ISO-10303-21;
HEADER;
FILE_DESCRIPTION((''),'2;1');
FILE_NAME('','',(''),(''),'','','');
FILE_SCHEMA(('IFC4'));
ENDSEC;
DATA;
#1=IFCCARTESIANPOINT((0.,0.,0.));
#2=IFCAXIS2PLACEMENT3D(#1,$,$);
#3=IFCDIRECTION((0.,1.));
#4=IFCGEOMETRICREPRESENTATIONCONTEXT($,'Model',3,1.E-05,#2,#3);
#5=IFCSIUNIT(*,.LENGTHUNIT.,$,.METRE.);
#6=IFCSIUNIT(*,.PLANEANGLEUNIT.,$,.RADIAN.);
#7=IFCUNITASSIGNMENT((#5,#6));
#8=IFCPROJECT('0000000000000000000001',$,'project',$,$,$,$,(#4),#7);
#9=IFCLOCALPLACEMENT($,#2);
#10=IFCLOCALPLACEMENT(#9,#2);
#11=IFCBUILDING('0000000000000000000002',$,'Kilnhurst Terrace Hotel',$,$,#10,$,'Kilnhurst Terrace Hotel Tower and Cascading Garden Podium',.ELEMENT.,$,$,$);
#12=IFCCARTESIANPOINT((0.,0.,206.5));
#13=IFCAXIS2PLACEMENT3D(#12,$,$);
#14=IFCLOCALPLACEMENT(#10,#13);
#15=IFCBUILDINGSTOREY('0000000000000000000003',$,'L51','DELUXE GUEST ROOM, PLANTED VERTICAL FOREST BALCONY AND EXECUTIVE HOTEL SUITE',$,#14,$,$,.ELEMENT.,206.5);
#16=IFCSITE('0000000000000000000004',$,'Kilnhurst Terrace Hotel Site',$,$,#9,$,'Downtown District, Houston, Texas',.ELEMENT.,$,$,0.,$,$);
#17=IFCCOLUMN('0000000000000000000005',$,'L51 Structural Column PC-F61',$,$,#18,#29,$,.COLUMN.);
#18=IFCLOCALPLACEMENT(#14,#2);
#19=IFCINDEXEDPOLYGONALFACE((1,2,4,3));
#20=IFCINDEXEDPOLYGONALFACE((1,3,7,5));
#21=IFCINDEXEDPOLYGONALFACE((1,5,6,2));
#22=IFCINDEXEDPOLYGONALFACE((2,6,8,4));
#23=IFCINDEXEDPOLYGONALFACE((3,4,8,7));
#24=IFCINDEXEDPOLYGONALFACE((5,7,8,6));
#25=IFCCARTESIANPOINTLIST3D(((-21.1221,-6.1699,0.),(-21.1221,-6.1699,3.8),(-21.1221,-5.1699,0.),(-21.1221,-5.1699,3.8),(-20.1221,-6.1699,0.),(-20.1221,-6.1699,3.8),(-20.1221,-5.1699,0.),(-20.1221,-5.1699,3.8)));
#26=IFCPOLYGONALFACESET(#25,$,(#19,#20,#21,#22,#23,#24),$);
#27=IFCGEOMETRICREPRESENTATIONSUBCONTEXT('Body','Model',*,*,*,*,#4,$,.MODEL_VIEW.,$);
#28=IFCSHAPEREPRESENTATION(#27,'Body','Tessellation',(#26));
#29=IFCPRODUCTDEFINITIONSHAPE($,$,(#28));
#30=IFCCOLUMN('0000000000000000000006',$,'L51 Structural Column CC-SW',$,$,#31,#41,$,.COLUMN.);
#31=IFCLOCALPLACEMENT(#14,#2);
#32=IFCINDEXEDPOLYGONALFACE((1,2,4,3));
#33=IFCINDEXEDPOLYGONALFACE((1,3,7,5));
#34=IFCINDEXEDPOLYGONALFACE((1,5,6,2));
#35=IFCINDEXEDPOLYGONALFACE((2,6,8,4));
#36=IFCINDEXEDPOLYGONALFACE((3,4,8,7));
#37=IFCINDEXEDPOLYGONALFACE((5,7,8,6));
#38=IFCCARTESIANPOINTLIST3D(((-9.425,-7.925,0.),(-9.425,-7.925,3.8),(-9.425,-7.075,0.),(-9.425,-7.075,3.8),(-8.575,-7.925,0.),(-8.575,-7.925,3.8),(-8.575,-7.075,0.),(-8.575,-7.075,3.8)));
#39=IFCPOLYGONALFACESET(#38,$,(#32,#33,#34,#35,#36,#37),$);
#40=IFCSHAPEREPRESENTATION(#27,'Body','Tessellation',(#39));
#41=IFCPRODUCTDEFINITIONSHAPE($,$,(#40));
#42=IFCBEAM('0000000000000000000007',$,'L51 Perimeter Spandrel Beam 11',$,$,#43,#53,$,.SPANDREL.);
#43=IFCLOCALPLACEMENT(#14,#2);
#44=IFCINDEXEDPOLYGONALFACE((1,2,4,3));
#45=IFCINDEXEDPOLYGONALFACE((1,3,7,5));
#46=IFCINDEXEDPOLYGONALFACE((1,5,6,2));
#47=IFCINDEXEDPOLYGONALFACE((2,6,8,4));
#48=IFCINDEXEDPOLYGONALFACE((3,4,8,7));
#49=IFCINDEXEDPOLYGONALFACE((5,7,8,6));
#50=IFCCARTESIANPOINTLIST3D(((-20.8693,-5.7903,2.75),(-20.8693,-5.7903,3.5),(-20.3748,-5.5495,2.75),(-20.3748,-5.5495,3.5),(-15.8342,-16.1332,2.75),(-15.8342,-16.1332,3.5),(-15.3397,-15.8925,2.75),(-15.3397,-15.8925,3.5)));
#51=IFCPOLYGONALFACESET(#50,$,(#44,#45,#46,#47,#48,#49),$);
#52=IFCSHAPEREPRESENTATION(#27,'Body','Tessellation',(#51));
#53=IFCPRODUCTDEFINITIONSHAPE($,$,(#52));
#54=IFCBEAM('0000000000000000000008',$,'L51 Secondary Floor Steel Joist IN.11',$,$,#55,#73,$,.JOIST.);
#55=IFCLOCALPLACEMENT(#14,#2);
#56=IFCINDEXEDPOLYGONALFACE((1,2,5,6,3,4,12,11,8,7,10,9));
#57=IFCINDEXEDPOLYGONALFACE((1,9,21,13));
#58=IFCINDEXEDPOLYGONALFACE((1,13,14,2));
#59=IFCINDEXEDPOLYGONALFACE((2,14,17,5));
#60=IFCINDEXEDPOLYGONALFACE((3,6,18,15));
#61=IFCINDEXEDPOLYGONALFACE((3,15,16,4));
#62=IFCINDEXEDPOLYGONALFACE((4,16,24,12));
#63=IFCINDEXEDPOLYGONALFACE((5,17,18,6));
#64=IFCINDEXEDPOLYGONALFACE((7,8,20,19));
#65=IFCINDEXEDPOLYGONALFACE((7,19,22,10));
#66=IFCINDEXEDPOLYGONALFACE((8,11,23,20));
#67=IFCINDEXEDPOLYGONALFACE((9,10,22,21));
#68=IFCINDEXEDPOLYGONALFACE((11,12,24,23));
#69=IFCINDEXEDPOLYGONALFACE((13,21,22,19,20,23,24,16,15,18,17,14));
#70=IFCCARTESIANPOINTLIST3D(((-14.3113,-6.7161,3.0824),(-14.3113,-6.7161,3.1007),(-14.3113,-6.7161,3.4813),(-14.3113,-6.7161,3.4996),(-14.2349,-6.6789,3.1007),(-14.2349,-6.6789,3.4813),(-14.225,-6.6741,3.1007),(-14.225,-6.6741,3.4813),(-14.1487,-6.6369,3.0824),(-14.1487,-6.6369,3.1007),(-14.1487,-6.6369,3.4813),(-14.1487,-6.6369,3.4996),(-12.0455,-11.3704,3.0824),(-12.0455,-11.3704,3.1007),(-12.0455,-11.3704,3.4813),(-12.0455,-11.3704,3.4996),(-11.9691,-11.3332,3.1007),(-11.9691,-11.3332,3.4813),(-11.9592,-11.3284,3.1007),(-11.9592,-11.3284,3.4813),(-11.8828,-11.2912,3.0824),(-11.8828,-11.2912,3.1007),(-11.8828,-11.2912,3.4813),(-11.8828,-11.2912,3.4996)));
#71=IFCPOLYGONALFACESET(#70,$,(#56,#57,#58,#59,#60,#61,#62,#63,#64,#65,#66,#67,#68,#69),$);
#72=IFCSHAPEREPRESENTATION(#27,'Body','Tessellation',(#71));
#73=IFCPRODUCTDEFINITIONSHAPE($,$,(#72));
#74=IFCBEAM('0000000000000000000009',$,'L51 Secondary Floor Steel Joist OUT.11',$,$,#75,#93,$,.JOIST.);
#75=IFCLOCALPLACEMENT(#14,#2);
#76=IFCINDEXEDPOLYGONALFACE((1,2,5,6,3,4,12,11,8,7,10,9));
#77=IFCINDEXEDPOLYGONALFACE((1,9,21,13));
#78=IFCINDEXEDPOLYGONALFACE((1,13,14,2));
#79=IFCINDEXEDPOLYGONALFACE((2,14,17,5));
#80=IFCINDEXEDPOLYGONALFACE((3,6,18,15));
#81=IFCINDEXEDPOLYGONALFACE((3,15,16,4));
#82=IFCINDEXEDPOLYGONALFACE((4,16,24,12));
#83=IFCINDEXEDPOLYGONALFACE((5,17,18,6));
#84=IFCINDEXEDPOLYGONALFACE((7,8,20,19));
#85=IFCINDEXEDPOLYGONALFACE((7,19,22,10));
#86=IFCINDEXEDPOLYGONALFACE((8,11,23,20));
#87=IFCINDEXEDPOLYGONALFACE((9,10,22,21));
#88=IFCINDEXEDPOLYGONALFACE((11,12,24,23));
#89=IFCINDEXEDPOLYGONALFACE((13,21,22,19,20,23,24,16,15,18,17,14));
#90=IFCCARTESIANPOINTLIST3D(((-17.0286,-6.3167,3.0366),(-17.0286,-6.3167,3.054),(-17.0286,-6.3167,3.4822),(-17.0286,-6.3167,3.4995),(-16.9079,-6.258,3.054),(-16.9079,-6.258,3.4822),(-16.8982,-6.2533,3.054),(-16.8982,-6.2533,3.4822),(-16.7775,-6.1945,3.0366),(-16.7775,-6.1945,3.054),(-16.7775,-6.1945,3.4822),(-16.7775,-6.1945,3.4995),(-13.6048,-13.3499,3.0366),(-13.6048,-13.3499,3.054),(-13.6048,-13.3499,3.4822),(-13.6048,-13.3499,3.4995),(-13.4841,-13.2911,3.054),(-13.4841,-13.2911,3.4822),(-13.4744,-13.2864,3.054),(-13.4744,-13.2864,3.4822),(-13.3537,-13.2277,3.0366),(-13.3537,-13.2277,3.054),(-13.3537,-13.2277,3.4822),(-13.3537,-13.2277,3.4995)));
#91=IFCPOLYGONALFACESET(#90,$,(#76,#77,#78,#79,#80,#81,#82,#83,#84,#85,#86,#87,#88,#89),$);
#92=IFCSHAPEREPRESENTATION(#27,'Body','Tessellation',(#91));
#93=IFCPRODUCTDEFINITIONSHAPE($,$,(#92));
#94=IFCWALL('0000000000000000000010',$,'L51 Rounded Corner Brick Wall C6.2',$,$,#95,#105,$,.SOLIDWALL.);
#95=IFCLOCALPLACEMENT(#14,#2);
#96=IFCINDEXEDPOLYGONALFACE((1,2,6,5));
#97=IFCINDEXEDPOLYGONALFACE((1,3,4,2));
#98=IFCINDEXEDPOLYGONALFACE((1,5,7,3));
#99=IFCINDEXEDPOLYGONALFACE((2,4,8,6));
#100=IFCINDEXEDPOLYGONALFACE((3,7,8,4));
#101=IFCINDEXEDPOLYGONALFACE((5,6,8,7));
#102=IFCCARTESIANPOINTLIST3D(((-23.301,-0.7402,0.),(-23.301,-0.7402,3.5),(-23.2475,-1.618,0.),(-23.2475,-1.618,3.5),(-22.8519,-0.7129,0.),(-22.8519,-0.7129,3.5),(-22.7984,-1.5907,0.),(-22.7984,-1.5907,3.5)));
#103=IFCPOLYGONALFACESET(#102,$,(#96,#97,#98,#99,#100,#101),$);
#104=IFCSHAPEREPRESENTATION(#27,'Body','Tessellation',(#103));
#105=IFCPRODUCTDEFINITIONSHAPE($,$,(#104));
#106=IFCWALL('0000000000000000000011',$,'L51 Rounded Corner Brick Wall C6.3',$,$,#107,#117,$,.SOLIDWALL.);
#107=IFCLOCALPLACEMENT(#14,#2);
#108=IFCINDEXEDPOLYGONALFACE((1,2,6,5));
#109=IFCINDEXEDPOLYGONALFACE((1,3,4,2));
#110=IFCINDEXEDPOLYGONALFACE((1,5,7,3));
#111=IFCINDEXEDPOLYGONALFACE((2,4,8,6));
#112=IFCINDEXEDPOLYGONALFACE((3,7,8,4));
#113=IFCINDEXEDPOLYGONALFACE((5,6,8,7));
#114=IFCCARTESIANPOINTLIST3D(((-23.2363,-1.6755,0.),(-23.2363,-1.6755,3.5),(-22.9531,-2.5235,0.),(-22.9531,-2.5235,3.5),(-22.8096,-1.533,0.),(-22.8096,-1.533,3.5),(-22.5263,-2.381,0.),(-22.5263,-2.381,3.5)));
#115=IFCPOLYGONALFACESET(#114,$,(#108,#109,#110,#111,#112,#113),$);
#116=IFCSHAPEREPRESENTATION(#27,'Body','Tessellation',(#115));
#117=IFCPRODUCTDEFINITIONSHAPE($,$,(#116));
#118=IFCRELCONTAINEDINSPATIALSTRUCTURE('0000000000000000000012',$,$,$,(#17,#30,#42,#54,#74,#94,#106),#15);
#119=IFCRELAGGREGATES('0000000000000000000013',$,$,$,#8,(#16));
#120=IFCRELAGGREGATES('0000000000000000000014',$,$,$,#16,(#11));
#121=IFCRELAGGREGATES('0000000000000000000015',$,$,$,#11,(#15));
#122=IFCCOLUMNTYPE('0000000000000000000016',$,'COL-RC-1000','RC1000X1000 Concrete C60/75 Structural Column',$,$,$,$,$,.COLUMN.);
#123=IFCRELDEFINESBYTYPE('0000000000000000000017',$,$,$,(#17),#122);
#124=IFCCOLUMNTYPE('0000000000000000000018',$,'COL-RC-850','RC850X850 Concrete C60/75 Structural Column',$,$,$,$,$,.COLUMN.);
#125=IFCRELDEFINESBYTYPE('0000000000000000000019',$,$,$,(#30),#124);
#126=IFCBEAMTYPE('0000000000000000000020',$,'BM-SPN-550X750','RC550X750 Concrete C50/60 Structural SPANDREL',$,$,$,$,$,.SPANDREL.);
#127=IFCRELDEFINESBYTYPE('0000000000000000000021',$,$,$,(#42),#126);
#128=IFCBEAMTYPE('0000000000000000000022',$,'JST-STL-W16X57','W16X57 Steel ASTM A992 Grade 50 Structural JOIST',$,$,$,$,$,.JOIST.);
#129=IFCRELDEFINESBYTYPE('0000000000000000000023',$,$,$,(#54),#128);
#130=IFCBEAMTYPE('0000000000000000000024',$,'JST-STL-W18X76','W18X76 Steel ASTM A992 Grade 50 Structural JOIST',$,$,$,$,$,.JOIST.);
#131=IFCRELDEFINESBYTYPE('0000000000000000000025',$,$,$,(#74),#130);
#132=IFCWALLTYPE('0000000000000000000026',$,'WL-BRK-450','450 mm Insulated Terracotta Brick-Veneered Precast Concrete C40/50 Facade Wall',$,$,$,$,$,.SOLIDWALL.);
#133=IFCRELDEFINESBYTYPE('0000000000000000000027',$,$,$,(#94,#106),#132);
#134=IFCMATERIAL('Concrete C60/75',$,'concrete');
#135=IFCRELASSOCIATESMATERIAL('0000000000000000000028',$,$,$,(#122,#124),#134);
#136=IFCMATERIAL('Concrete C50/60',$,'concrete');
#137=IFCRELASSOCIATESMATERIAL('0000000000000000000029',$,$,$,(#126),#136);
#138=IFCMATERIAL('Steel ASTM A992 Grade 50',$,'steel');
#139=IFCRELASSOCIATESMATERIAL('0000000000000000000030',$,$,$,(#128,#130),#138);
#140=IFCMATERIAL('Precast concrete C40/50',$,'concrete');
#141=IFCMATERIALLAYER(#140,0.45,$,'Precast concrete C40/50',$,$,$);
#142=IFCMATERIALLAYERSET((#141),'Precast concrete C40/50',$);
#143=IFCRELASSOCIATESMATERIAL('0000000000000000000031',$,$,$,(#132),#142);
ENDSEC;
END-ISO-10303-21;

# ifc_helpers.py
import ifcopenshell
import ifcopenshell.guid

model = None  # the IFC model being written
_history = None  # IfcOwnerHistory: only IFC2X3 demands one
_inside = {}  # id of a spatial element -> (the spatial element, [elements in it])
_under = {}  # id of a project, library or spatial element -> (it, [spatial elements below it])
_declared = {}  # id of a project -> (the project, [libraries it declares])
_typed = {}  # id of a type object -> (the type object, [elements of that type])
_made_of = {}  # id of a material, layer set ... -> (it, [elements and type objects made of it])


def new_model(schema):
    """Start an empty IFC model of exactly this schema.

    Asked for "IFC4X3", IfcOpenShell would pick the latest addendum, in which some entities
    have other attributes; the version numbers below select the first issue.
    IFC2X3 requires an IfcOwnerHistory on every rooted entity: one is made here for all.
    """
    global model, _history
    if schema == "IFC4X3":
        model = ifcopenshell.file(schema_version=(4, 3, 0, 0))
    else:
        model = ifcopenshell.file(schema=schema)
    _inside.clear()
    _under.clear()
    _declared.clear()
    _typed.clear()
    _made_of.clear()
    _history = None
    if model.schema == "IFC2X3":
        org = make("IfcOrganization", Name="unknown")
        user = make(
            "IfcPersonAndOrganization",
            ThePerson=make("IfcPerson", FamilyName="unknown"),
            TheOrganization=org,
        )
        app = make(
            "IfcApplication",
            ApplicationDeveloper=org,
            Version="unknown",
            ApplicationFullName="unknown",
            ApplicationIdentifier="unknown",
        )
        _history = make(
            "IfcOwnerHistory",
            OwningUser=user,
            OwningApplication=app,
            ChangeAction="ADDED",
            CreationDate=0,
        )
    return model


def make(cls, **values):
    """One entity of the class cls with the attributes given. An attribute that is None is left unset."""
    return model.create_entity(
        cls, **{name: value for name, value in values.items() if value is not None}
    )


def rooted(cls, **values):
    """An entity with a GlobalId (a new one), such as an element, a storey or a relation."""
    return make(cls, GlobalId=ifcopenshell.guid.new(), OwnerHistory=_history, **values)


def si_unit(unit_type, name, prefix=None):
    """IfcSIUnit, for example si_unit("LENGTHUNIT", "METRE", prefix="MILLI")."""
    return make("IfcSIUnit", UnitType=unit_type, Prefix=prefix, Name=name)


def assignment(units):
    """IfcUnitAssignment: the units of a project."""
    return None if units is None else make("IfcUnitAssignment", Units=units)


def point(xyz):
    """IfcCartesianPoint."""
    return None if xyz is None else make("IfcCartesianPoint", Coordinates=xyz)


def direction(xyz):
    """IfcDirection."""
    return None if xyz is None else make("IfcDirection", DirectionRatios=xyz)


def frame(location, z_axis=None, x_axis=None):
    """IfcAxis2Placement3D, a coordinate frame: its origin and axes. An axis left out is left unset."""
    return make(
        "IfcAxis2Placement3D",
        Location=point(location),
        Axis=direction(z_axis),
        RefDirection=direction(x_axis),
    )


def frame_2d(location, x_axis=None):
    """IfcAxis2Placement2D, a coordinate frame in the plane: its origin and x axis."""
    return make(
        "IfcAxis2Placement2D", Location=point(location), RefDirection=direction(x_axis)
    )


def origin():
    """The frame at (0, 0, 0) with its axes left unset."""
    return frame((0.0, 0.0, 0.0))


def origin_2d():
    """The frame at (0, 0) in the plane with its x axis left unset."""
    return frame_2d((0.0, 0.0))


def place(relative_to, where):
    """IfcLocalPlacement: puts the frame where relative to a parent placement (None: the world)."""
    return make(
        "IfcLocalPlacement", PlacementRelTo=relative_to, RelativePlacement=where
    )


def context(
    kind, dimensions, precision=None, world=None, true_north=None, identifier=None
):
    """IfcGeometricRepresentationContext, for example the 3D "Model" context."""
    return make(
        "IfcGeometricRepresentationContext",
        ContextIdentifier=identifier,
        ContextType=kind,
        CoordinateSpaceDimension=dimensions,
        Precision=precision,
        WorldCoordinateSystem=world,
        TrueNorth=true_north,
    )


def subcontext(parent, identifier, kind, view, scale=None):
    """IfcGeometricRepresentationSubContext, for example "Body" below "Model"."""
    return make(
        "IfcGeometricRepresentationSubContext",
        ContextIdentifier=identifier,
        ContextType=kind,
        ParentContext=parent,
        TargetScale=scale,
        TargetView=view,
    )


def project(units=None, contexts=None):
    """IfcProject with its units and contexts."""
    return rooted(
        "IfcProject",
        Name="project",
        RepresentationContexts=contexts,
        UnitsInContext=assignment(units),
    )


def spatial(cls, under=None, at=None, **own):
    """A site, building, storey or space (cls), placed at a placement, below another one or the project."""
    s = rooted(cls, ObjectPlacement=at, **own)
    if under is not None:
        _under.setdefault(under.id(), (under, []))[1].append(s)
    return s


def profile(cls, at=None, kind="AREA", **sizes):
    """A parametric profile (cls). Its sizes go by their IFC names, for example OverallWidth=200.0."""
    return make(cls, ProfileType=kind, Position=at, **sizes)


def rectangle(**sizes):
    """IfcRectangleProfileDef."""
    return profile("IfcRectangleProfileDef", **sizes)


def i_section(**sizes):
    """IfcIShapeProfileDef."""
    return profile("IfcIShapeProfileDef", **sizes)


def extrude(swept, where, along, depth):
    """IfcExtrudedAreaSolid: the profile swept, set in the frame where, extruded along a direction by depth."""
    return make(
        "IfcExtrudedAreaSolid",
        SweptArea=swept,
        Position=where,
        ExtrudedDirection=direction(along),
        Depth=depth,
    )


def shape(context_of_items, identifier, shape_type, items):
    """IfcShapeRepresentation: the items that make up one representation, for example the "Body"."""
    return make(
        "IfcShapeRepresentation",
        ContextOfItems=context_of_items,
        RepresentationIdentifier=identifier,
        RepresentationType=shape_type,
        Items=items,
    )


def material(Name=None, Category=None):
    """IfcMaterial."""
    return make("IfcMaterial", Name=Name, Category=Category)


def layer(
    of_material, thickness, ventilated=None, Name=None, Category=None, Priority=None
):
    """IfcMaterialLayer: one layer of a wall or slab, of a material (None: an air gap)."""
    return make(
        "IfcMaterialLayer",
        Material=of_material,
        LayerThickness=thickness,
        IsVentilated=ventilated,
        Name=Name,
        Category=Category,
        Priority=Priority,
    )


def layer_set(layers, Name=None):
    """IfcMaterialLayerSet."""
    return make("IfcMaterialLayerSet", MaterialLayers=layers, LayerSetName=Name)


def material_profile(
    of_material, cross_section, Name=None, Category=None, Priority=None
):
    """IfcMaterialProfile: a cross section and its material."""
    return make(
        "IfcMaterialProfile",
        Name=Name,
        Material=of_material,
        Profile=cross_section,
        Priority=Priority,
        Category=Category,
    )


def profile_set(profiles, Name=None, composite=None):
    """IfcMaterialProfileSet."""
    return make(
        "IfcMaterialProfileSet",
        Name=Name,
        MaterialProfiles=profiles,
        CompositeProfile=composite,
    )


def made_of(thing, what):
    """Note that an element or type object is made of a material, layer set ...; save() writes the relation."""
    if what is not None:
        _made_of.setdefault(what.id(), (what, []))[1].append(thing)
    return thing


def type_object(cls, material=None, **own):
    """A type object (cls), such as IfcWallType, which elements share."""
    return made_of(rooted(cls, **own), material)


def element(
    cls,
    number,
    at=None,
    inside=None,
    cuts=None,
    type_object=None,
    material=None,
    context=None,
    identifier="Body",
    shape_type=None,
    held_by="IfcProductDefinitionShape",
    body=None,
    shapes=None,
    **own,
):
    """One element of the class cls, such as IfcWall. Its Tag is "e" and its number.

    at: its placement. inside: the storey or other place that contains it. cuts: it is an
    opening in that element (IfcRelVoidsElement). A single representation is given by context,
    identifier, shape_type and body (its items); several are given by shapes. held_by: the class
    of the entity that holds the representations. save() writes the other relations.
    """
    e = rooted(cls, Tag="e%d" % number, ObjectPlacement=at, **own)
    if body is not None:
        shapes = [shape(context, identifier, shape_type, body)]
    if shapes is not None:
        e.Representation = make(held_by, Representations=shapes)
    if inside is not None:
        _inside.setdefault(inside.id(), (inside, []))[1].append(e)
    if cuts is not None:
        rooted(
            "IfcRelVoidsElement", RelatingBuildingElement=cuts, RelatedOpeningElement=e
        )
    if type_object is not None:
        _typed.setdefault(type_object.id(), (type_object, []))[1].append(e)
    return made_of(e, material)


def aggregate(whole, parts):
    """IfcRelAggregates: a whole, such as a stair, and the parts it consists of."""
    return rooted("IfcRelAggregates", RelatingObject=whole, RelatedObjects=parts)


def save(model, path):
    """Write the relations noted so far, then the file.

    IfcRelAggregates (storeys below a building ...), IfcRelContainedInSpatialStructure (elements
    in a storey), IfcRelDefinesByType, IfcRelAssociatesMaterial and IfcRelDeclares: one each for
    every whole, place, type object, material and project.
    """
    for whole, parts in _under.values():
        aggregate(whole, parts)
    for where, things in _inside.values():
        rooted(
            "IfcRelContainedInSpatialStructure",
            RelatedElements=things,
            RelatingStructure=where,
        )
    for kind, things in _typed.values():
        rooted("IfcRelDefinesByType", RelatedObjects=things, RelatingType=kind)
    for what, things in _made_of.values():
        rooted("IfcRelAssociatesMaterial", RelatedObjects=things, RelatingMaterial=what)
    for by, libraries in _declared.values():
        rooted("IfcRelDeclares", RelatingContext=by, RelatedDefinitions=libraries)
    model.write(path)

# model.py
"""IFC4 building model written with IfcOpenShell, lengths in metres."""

from ifc_helpers import new_model, si_unit, direction, frame, frame_2d, origin, origin_2d, place, context, subcontext, project, spatial, rectangle, i_section, extrude, material, layer, layer_set, material_profile, profile_set, type_object, element, save


model = new_model("IFC4")

# Units and contexts
model_context = context("Model", 3, precision=1e-05, world=origin(), true_north=direction((0.0, 1.0)))
body_context = subcontext(model_context, "Body", "Model", "MODEL_VIEW")
ifc_project = project(units=[si_unit("LENGTHUNIT", "METRE"), si_unit("PLANEANGLEUNIT", "RADIAN")], contexts=[model_context])

# Site, building, storey
site_placement = place(None, origin())
site = spatial("IfcSite", under=ifc_project, at=site_placement, Name="Kilnhurst Terrace Hotel Site", LongName="Downtown District, Houston, Texas", CompositionType="ELEMENT", RefElevation=0.0)
building_placement = place(site_placement, origin())
building = spatial("IfcBuilding", under=site, at=building_placement, Name="Kilnhurst Terrace Hotel", LongName="Kilnhurst Terrace Hotel Tower and Cascading Garden Podium", CompositionType="ELEMENT")
storey_placement = place(building_placement, frame((0.0, 0.0, 206.5)))
storey = spatial("IfcBuildingStorey", under=building, at=storey_placement, Name="L51", Description="DELUXE GUEST ROOM, PLANTED VERTICAL FOREST BALCONY AND EXECUTIVE HOTEL SUITE", CompositionType="ELEMENT", Elevation=206.5)

# Columns
ifc_material_1 = material(Name="Concrete C60/75", Category="concrete")
ifc_material_profile_1 = material_profile(ifc_material_1, rectangle(XDim=1.0, YDim=1.0, at=origin_2d()), Name="RC1000X1000")
ifc_profile_set_1 = profile_set([ifc_material_profile_1], Name="Concrete C60/75")
column_type_1 = type_object("IfcColumnType", Name="COL-RC-1000", Description="RC1000X1000 Concrete C60/75 Structural Column", PredefinedType="COLUMN", material=ifc_profile_set_1)
column_1_placement = place(storey_placement, frame((-20.6221, -5.6699, 0.0), z_axis=(0.0, 0.0, 1.0), x_axis=(1.0, 0.0, 0.0)))
element("IfcColumn", 1, at=column_1_placement, inside=storey, type_object=column_type_1, Name="L51 Structural Column PC-F61", PredefinedType="COLUMN", context=body_context, shape_type="SweptSolid", body=[
    extrude(rectangle(XDim=1.0, YDim=1.0, at=origin_2d()), origin(), (0.0, 0.0, 1.0), 3.8),
])
ifc_material_profile_2 = material_profile(ifc_material_1, rectangle(XDim=0.8501, YDim=0.8501, at=origin_2d()), Name="RC850X850")
ifc_profile_set_2 = profile_set([ifc_material_profile_2], Name="Concrete C60/75")
column_type_2 = type_object("IfcColumnType", Name="COL-RC-850", Description="RC850X850 Concrete C60/75 Structural Column", PredefinedType="COLUMN", material=ifc_profile_set_2)
column_2_placement = place(storey_placement, frame((-9.0, -7.5, 0.0), z_axis=(0.0, 0.0, 1.0), x_axis=(1.0, 0.0, 0.0)))
element("IfcColumn", 2, at=column_2_placement, inside=storey, type_object=column_type_2, Name="L51 Structural Column CC-SW", PredefinedType="COLUMN", context=body_context, shape_type="SweptSolid", body=[
    extrude(rectangle(XDim=0.8501, YDim=0.8501, at=origin_2d()), origin(), (0.0, 0.0, 1.0), 3.8),
])

# Beams
ifc_material_2 = material(Name="Concrete C50/60", Category="concrete")
ifc_material_profile_3 = material_profile(ifc_material_2, rectangle(XDim=0.55, YDim=0.75, at=origin_2d()), Name="RC550X750")
ifc_profile_set_3 = profile_set([ifc_material_profile_3], Name="Concrete C50/60")
beam_type_1 = type_object("IfcBeamType", Name="BM-SPN-550X750", Description="RC550X750 Concrete C50/60 Structural SPANDREL", PredefinedType="SPANDREL", material=ifc_profile_set_3)
beam_1_placement = place(storey_placement, frame((-20.6221, -5.6699, 3.125), z_axis=(0.437706, -0.899118, 0.0), x_axis=(0.899118, 0.437706, 0.0)))
element("IfcBeam", 3, at=beam_1_placement, inside=storey, type_object=beam_type_1, Name="L51 Perimeter Spandrel Beam 11", PredefinedType="SPANDREL", context=body_context, shape_type="SweptSolid", body=[
    extrude(rectangle(XDim=0.55, YDim=0.75, at=origin_2d()), origin(), (0.0, 0.0, 1.0), 11.5034),
])
ifc_material_3 = material(Name="Steel ASTM A992 Grade 50", Category="steel")
ifc_material_profile_4 = material_profile(ifc_material_3, i_section(OverallWidth=0.1809, OverallDepth=0.4172, WebThickness=0.011, FlangeThickness=0.0183, at=origin_2d()), Name="W16X57")
ifc_profile_set_4 = profile_set([ifc_material_profile_4], Name="Steel ASTM A992 Grade 50")
beam_type_2 = type_object("IfcBeamType", Name="JST-STL-W16X57", Description="W16X57 Steel ASTM A992 Grade 50 Structural JOIST", PredefinedType="JOIST", material=ifc_profile_set_4)
beam_2_placement = place(storey_placement, frame((-14.23, -6.6765, 3.291), z_axis=(0.437718, -0.899112, 0.0), x_axis=(0.899112, 0.437718, 0.0)))
element("IfcBeam", 4, at=beam_2_placement, inside=storey, type_object=beam_type_2, Name="L51 Secondary Floor Steel Joist IN.11", PredefinedType="JOIST", context=body_context, shape_type="SweptSolid", body=[
    extrude(i_section(OverallWidth=0.1809, OverallDepth=0.4172, WebThickness=0.011, FlangeThickness=0.0183, at=origin_2d()), origin(), (0.0, 0.0, 1.0), 5.1765),
])
ifc_material_profile_5 = material_profile(ifc_material_3, i_section(OverallWidth=0.2793, OverallDepth=0.4629, WebThickness=0.0107, FlangeThickness=0.0173, at=origin_2d()), Name="W18X76")
ifc_profile_set_5 = profile_set([ifc_material_profile_5], Name="Steel ASTM A992 Grade 50")
beam_type_3 = type_object("IfcBeamType", Name="JST-STL-W18X76", Description="W18X76 Steel ASTM A992 Grade 50 Structural JOIST", PredefinedType="JOIST", material=ifc_profile_set_5)
beam_3_placement = place(storey_placement, frame((-16.9031, -6.2556, 3.2681), z_axis=(0.4377, -0.899121, 0.0), x_axis=(0.899121, 0.4377, 0.0)))
element("IfcBeam", 5, at=beam_3_placement, inside=storey, type_object=beam_type_3, Name="L51 Secondary Floor Steel Joist OUT.11", PredefinedType="JOIST", context=body_context, shape_type="SweptSolid", body=[
    extrude(i_section(OverallWidth=0.2793, OverallDepth=0.4629, WebThickness=0.0107, FlangeThickness=0.0173, at=origin_2d()), origin(), (0.0, 0.0, 1.0), 7.8223),
])

# Walls
ifc_material_4 = material(Name="Precast concrete C40/50", Category="concrete")
ifc_layer_1 = layer(ifc_material_4, 0.45, Name="Precast concrete C40/50")
ifc_layer_set_1 = layer_set([ifc_layer_1], Name="Precast concrete C40/50")
wall_type_1 = type_object("IfcWallType", Name="WL-BRK-450", Description="450 mm Insulated Terracotta Brick-Veneered Precast Concrete C40/50 Facade Wall", PredefinedType="SOLIDWALL", material=ifc_layer_set_1)
wall_1_placement = place(storey_placement, frame((-23.0764, -0.7266, 0.0), z_axis=(0.0, 0.0, 1.0), x_axis=(0.060805, -0.99815, 0.0)))
element("IfcWall", 6, at=wall_1_placement, inside=storey, type_object=wall_type_1, Name="L51 Rounded Corner Brick Wall C6.2", PredefinedType="SOLIDWALL", context=body_context, shape_type="SweptSolid", body=[
    extrude(rectangle(XDim=0.8794, YDim=0.45, at=frame_2d((0.4397, 0.0))), origin(), (0.0, 0.0, 1.0), 3.5),
])
wall_2_placement = place(storey_placement, frame((-23.0229, -1.6042, 0.0), z_axis=(0.0, 0.0, 1.0), x_axis=(0.316801, -0.948492, 0.0)))
element("IfcWall", 7, at=wall_2_placement, inside=storey, type_object=wall_type_1, Name="L51 Rounded Corner Brick Wall C6.3", PredefinedType="SOLIDWALL", context=body_context, shape_type="SweptSolid", body=[
    extrude(rectangle(XDim=0.894, YDim=0.45, at=frame_2d((0.447, 0.0))), origin(), (0.0, 0.0, 1.0), 3.5),
])

save(model, "model.ifc")
